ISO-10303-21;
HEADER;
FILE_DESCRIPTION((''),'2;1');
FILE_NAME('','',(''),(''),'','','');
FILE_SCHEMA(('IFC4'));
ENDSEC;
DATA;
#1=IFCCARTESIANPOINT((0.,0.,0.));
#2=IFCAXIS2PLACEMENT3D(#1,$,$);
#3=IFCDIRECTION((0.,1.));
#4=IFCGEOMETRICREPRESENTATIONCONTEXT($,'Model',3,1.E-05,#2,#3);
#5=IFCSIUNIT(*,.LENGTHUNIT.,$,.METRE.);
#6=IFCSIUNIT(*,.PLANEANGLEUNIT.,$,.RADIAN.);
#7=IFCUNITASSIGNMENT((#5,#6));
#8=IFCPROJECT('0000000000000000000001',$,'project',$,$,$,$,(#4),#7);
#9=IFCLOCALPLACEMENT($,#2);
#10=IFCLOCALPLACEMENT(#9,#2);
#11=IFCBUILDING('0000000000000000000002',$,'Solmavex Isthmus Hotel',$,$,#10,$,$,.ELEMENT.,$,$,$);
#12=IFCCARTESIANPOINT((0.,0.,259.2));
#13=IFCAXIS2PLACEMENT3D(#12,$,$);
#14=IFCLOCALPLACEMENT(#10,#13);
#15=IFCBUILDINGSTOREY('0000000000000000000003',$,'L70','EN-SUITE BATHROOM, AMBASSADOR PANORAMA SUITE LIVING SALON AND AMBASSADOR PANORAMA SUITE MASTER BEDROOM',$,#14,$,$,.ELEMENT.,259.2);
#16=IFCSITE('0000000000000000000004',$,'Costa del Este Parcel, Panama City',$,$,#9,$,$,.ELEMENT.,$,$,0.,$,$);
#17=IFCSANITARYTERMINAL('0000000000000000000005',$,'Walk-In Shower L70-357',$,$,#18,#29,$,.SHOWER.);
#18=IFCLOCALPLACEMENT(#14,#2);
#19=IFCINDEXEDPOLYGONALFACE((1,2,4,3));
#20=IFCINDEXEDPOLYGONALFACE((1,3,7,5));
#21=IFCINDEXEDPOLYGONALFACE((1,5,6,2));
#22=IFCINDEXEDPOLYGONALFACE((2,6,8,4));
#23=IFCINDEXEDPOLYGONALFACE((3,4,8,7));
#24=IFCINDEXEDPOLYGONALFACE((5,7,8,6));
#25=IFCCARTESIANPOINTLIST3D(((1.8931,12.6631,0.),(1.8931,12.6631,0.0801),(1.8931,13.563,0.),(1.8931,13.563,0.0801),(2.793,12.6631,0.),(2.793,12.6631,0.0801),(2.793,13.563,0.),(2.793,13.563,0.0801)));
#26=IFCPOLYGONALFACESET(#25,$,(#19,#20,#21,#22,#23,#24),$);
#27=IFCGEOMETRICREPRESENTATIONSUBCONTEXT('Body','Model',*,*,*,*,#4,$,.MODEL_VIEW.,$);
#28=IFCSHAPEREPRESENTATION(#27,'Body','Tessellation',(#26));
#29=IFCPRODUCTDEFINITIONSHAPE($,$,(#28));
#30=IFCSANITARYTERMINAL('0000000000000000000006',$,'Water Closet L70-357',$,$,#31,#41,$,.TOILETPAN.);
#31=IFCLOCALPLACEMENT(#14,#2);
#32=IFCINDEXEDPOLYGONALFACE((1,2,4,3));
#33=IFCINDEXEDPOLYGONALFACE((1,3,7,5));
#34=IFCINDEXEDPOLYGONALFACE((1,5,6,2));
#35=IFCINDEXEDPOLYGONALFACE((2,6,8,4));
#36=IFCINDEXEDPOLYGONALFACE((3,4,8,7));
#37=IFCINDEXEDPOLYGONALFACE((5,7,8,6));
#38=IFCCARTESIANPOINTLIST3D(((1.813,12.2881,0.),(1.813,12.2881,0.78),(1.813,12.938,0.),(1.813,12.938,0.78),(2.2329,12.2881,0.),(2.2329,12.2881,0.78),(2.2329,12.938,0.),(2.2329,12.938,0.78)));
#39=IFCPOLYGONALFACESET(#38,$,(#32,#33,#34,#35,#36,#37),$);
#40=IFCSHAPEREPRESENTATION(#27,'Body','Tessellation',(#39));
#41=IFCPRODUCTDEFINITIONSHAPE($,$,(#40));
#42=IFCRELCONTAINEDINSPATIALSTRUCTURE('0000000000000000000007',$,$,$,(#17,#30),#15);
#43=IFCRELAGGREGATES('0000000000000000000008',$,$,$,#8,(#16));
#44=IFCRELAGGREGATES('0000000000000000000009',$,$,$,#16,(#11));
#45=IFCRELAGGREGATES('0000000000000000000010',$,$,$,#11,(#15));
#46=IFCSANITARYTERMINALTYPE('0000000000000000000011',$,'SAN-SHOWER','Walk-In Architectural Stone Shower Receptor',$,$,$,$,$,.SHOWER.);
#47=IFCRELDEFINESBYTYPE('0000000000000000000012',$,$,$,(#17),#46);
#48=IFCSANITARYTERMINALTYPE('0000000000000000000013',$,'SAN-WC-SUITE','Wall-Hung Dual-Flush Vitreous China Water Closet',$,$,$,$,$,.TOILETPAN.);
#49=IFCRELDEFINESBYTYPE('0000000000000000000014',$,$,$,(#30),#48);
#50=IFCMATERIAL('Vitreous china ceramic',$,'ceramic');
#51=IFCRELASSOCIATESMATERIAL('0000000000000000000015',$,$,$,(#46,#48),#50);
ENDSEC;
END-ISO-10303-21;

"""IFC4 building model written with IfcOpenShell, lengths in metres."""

from ifc_helpers import new_model, si_unit, direction, frame, origin, origin_2d, place, context, subcontext, project, spatial, rectangle, extrude, material, type_object, element, save


model = new_model("IFC4")

# Units and contexts
model_context = context("Model", 3, precision=1e-05, world=origin(), true_north=direction((0.0, 1.0)))
body_context = subcontext(model_context, "Body", "Model", "MODEL_VIEW")
ifc_project = project(units=[si_unit("LENGTHUNIT", "METRE"), si_unit("PLANEANGLEUNIT", "RADIAN")], contexts=[model_context])

# Site, building, storey
site_placement = place(None, origin())
site = spatial("IfcSite", under=ifc_project, at=site_placement, Name="Costa del Este Parcel, Panama City", CompositionType="ELEMENT", RefElevation=0.0)
building_placement = place(site_placement, origin())
building = spatial("IfcBuilding", under=site, at=building_placement, Name="Solmavex Isthmus Hotel", CompositionType="ELEMENT")
storey_placement = place(building_placement, frame((0.0, 0.0, 259.2)))
storey = spatial("IfcBuildingStorey", under=building, at=storey_placement, Name="L70", Description="EN-SUITE BATHROOM, AMBASSADOR PANORAMA SUITE LIVING SALON AND AMBASSADOR PANORAMA SUITE MASTER BEDROOM", CompositionType="ELEMENT", Elevation=259.2)

# Sanitary terminals
ifc_material_1 = material(Name="Vitreous china ceramic", Category="ceramic")
sanitary_terminal_type_1 = type_object("IfcSanitaryTerminalType", Name="SAN-SHOWER", Description="Walk-In Architectural Stone Shower Receptor", PredefinedType="SHOWER", material=ifc_material_1)
sanitary_terminal_1_placement = place(storey_placement, frame((2.343, 13.113, 0.0), z_axis=(0.0, 0.0, 1.0), x_axis=(1.0, 0.0, 0.0)))
element("IfcSanitaryTerminal", 1, at=sanitary_terminal_1_placement, inside=storey, type_object=sanitary_terminal_type_1, Name="Walk-In Shower L70-357", PredefinedType="SHOWER", context=body_context, shape_type="SweptSolid", body=[
    extrude(rectangle(XDim=0.8999, YDim=0.8999, at=origin_2d()), origin(), (0.0, 0.0, 1.0), 0.0801),
])
sanitary_terminal_type_2 = type_object("IfcSanitaryTerminalType", Name="SAN-WC-SUITE", Description="Wall-Hung Dual-Flush Vitreous China Water Closet", PredefinedType="TOILETPAN", material=ifc_material_1)
sanitary_terminal_2_placement = place(storey_placement, frame((2.0229, 12.613, 0.0), z_axis=(0.0, 0.0, 1.0), x_axis=(1.0, 0.0, 0.0)))
element("IfcSanitaryTerminal", 2, at=sanitary_terminal_2_placement, inside=storey, type_object=sanitary_terminal_type_2, Name="Water Closet L70-357", PredefinedType="TOILETPAN", context=body_context, shape_type="SweptSolid", body=[
    extrude(rectangle(XDim=0.4199, YDim=0.6499, at=origin_2d()), origin(), (0.0, 0.0, 1.0), 0.78),
])

save(model, "model.ifc")
